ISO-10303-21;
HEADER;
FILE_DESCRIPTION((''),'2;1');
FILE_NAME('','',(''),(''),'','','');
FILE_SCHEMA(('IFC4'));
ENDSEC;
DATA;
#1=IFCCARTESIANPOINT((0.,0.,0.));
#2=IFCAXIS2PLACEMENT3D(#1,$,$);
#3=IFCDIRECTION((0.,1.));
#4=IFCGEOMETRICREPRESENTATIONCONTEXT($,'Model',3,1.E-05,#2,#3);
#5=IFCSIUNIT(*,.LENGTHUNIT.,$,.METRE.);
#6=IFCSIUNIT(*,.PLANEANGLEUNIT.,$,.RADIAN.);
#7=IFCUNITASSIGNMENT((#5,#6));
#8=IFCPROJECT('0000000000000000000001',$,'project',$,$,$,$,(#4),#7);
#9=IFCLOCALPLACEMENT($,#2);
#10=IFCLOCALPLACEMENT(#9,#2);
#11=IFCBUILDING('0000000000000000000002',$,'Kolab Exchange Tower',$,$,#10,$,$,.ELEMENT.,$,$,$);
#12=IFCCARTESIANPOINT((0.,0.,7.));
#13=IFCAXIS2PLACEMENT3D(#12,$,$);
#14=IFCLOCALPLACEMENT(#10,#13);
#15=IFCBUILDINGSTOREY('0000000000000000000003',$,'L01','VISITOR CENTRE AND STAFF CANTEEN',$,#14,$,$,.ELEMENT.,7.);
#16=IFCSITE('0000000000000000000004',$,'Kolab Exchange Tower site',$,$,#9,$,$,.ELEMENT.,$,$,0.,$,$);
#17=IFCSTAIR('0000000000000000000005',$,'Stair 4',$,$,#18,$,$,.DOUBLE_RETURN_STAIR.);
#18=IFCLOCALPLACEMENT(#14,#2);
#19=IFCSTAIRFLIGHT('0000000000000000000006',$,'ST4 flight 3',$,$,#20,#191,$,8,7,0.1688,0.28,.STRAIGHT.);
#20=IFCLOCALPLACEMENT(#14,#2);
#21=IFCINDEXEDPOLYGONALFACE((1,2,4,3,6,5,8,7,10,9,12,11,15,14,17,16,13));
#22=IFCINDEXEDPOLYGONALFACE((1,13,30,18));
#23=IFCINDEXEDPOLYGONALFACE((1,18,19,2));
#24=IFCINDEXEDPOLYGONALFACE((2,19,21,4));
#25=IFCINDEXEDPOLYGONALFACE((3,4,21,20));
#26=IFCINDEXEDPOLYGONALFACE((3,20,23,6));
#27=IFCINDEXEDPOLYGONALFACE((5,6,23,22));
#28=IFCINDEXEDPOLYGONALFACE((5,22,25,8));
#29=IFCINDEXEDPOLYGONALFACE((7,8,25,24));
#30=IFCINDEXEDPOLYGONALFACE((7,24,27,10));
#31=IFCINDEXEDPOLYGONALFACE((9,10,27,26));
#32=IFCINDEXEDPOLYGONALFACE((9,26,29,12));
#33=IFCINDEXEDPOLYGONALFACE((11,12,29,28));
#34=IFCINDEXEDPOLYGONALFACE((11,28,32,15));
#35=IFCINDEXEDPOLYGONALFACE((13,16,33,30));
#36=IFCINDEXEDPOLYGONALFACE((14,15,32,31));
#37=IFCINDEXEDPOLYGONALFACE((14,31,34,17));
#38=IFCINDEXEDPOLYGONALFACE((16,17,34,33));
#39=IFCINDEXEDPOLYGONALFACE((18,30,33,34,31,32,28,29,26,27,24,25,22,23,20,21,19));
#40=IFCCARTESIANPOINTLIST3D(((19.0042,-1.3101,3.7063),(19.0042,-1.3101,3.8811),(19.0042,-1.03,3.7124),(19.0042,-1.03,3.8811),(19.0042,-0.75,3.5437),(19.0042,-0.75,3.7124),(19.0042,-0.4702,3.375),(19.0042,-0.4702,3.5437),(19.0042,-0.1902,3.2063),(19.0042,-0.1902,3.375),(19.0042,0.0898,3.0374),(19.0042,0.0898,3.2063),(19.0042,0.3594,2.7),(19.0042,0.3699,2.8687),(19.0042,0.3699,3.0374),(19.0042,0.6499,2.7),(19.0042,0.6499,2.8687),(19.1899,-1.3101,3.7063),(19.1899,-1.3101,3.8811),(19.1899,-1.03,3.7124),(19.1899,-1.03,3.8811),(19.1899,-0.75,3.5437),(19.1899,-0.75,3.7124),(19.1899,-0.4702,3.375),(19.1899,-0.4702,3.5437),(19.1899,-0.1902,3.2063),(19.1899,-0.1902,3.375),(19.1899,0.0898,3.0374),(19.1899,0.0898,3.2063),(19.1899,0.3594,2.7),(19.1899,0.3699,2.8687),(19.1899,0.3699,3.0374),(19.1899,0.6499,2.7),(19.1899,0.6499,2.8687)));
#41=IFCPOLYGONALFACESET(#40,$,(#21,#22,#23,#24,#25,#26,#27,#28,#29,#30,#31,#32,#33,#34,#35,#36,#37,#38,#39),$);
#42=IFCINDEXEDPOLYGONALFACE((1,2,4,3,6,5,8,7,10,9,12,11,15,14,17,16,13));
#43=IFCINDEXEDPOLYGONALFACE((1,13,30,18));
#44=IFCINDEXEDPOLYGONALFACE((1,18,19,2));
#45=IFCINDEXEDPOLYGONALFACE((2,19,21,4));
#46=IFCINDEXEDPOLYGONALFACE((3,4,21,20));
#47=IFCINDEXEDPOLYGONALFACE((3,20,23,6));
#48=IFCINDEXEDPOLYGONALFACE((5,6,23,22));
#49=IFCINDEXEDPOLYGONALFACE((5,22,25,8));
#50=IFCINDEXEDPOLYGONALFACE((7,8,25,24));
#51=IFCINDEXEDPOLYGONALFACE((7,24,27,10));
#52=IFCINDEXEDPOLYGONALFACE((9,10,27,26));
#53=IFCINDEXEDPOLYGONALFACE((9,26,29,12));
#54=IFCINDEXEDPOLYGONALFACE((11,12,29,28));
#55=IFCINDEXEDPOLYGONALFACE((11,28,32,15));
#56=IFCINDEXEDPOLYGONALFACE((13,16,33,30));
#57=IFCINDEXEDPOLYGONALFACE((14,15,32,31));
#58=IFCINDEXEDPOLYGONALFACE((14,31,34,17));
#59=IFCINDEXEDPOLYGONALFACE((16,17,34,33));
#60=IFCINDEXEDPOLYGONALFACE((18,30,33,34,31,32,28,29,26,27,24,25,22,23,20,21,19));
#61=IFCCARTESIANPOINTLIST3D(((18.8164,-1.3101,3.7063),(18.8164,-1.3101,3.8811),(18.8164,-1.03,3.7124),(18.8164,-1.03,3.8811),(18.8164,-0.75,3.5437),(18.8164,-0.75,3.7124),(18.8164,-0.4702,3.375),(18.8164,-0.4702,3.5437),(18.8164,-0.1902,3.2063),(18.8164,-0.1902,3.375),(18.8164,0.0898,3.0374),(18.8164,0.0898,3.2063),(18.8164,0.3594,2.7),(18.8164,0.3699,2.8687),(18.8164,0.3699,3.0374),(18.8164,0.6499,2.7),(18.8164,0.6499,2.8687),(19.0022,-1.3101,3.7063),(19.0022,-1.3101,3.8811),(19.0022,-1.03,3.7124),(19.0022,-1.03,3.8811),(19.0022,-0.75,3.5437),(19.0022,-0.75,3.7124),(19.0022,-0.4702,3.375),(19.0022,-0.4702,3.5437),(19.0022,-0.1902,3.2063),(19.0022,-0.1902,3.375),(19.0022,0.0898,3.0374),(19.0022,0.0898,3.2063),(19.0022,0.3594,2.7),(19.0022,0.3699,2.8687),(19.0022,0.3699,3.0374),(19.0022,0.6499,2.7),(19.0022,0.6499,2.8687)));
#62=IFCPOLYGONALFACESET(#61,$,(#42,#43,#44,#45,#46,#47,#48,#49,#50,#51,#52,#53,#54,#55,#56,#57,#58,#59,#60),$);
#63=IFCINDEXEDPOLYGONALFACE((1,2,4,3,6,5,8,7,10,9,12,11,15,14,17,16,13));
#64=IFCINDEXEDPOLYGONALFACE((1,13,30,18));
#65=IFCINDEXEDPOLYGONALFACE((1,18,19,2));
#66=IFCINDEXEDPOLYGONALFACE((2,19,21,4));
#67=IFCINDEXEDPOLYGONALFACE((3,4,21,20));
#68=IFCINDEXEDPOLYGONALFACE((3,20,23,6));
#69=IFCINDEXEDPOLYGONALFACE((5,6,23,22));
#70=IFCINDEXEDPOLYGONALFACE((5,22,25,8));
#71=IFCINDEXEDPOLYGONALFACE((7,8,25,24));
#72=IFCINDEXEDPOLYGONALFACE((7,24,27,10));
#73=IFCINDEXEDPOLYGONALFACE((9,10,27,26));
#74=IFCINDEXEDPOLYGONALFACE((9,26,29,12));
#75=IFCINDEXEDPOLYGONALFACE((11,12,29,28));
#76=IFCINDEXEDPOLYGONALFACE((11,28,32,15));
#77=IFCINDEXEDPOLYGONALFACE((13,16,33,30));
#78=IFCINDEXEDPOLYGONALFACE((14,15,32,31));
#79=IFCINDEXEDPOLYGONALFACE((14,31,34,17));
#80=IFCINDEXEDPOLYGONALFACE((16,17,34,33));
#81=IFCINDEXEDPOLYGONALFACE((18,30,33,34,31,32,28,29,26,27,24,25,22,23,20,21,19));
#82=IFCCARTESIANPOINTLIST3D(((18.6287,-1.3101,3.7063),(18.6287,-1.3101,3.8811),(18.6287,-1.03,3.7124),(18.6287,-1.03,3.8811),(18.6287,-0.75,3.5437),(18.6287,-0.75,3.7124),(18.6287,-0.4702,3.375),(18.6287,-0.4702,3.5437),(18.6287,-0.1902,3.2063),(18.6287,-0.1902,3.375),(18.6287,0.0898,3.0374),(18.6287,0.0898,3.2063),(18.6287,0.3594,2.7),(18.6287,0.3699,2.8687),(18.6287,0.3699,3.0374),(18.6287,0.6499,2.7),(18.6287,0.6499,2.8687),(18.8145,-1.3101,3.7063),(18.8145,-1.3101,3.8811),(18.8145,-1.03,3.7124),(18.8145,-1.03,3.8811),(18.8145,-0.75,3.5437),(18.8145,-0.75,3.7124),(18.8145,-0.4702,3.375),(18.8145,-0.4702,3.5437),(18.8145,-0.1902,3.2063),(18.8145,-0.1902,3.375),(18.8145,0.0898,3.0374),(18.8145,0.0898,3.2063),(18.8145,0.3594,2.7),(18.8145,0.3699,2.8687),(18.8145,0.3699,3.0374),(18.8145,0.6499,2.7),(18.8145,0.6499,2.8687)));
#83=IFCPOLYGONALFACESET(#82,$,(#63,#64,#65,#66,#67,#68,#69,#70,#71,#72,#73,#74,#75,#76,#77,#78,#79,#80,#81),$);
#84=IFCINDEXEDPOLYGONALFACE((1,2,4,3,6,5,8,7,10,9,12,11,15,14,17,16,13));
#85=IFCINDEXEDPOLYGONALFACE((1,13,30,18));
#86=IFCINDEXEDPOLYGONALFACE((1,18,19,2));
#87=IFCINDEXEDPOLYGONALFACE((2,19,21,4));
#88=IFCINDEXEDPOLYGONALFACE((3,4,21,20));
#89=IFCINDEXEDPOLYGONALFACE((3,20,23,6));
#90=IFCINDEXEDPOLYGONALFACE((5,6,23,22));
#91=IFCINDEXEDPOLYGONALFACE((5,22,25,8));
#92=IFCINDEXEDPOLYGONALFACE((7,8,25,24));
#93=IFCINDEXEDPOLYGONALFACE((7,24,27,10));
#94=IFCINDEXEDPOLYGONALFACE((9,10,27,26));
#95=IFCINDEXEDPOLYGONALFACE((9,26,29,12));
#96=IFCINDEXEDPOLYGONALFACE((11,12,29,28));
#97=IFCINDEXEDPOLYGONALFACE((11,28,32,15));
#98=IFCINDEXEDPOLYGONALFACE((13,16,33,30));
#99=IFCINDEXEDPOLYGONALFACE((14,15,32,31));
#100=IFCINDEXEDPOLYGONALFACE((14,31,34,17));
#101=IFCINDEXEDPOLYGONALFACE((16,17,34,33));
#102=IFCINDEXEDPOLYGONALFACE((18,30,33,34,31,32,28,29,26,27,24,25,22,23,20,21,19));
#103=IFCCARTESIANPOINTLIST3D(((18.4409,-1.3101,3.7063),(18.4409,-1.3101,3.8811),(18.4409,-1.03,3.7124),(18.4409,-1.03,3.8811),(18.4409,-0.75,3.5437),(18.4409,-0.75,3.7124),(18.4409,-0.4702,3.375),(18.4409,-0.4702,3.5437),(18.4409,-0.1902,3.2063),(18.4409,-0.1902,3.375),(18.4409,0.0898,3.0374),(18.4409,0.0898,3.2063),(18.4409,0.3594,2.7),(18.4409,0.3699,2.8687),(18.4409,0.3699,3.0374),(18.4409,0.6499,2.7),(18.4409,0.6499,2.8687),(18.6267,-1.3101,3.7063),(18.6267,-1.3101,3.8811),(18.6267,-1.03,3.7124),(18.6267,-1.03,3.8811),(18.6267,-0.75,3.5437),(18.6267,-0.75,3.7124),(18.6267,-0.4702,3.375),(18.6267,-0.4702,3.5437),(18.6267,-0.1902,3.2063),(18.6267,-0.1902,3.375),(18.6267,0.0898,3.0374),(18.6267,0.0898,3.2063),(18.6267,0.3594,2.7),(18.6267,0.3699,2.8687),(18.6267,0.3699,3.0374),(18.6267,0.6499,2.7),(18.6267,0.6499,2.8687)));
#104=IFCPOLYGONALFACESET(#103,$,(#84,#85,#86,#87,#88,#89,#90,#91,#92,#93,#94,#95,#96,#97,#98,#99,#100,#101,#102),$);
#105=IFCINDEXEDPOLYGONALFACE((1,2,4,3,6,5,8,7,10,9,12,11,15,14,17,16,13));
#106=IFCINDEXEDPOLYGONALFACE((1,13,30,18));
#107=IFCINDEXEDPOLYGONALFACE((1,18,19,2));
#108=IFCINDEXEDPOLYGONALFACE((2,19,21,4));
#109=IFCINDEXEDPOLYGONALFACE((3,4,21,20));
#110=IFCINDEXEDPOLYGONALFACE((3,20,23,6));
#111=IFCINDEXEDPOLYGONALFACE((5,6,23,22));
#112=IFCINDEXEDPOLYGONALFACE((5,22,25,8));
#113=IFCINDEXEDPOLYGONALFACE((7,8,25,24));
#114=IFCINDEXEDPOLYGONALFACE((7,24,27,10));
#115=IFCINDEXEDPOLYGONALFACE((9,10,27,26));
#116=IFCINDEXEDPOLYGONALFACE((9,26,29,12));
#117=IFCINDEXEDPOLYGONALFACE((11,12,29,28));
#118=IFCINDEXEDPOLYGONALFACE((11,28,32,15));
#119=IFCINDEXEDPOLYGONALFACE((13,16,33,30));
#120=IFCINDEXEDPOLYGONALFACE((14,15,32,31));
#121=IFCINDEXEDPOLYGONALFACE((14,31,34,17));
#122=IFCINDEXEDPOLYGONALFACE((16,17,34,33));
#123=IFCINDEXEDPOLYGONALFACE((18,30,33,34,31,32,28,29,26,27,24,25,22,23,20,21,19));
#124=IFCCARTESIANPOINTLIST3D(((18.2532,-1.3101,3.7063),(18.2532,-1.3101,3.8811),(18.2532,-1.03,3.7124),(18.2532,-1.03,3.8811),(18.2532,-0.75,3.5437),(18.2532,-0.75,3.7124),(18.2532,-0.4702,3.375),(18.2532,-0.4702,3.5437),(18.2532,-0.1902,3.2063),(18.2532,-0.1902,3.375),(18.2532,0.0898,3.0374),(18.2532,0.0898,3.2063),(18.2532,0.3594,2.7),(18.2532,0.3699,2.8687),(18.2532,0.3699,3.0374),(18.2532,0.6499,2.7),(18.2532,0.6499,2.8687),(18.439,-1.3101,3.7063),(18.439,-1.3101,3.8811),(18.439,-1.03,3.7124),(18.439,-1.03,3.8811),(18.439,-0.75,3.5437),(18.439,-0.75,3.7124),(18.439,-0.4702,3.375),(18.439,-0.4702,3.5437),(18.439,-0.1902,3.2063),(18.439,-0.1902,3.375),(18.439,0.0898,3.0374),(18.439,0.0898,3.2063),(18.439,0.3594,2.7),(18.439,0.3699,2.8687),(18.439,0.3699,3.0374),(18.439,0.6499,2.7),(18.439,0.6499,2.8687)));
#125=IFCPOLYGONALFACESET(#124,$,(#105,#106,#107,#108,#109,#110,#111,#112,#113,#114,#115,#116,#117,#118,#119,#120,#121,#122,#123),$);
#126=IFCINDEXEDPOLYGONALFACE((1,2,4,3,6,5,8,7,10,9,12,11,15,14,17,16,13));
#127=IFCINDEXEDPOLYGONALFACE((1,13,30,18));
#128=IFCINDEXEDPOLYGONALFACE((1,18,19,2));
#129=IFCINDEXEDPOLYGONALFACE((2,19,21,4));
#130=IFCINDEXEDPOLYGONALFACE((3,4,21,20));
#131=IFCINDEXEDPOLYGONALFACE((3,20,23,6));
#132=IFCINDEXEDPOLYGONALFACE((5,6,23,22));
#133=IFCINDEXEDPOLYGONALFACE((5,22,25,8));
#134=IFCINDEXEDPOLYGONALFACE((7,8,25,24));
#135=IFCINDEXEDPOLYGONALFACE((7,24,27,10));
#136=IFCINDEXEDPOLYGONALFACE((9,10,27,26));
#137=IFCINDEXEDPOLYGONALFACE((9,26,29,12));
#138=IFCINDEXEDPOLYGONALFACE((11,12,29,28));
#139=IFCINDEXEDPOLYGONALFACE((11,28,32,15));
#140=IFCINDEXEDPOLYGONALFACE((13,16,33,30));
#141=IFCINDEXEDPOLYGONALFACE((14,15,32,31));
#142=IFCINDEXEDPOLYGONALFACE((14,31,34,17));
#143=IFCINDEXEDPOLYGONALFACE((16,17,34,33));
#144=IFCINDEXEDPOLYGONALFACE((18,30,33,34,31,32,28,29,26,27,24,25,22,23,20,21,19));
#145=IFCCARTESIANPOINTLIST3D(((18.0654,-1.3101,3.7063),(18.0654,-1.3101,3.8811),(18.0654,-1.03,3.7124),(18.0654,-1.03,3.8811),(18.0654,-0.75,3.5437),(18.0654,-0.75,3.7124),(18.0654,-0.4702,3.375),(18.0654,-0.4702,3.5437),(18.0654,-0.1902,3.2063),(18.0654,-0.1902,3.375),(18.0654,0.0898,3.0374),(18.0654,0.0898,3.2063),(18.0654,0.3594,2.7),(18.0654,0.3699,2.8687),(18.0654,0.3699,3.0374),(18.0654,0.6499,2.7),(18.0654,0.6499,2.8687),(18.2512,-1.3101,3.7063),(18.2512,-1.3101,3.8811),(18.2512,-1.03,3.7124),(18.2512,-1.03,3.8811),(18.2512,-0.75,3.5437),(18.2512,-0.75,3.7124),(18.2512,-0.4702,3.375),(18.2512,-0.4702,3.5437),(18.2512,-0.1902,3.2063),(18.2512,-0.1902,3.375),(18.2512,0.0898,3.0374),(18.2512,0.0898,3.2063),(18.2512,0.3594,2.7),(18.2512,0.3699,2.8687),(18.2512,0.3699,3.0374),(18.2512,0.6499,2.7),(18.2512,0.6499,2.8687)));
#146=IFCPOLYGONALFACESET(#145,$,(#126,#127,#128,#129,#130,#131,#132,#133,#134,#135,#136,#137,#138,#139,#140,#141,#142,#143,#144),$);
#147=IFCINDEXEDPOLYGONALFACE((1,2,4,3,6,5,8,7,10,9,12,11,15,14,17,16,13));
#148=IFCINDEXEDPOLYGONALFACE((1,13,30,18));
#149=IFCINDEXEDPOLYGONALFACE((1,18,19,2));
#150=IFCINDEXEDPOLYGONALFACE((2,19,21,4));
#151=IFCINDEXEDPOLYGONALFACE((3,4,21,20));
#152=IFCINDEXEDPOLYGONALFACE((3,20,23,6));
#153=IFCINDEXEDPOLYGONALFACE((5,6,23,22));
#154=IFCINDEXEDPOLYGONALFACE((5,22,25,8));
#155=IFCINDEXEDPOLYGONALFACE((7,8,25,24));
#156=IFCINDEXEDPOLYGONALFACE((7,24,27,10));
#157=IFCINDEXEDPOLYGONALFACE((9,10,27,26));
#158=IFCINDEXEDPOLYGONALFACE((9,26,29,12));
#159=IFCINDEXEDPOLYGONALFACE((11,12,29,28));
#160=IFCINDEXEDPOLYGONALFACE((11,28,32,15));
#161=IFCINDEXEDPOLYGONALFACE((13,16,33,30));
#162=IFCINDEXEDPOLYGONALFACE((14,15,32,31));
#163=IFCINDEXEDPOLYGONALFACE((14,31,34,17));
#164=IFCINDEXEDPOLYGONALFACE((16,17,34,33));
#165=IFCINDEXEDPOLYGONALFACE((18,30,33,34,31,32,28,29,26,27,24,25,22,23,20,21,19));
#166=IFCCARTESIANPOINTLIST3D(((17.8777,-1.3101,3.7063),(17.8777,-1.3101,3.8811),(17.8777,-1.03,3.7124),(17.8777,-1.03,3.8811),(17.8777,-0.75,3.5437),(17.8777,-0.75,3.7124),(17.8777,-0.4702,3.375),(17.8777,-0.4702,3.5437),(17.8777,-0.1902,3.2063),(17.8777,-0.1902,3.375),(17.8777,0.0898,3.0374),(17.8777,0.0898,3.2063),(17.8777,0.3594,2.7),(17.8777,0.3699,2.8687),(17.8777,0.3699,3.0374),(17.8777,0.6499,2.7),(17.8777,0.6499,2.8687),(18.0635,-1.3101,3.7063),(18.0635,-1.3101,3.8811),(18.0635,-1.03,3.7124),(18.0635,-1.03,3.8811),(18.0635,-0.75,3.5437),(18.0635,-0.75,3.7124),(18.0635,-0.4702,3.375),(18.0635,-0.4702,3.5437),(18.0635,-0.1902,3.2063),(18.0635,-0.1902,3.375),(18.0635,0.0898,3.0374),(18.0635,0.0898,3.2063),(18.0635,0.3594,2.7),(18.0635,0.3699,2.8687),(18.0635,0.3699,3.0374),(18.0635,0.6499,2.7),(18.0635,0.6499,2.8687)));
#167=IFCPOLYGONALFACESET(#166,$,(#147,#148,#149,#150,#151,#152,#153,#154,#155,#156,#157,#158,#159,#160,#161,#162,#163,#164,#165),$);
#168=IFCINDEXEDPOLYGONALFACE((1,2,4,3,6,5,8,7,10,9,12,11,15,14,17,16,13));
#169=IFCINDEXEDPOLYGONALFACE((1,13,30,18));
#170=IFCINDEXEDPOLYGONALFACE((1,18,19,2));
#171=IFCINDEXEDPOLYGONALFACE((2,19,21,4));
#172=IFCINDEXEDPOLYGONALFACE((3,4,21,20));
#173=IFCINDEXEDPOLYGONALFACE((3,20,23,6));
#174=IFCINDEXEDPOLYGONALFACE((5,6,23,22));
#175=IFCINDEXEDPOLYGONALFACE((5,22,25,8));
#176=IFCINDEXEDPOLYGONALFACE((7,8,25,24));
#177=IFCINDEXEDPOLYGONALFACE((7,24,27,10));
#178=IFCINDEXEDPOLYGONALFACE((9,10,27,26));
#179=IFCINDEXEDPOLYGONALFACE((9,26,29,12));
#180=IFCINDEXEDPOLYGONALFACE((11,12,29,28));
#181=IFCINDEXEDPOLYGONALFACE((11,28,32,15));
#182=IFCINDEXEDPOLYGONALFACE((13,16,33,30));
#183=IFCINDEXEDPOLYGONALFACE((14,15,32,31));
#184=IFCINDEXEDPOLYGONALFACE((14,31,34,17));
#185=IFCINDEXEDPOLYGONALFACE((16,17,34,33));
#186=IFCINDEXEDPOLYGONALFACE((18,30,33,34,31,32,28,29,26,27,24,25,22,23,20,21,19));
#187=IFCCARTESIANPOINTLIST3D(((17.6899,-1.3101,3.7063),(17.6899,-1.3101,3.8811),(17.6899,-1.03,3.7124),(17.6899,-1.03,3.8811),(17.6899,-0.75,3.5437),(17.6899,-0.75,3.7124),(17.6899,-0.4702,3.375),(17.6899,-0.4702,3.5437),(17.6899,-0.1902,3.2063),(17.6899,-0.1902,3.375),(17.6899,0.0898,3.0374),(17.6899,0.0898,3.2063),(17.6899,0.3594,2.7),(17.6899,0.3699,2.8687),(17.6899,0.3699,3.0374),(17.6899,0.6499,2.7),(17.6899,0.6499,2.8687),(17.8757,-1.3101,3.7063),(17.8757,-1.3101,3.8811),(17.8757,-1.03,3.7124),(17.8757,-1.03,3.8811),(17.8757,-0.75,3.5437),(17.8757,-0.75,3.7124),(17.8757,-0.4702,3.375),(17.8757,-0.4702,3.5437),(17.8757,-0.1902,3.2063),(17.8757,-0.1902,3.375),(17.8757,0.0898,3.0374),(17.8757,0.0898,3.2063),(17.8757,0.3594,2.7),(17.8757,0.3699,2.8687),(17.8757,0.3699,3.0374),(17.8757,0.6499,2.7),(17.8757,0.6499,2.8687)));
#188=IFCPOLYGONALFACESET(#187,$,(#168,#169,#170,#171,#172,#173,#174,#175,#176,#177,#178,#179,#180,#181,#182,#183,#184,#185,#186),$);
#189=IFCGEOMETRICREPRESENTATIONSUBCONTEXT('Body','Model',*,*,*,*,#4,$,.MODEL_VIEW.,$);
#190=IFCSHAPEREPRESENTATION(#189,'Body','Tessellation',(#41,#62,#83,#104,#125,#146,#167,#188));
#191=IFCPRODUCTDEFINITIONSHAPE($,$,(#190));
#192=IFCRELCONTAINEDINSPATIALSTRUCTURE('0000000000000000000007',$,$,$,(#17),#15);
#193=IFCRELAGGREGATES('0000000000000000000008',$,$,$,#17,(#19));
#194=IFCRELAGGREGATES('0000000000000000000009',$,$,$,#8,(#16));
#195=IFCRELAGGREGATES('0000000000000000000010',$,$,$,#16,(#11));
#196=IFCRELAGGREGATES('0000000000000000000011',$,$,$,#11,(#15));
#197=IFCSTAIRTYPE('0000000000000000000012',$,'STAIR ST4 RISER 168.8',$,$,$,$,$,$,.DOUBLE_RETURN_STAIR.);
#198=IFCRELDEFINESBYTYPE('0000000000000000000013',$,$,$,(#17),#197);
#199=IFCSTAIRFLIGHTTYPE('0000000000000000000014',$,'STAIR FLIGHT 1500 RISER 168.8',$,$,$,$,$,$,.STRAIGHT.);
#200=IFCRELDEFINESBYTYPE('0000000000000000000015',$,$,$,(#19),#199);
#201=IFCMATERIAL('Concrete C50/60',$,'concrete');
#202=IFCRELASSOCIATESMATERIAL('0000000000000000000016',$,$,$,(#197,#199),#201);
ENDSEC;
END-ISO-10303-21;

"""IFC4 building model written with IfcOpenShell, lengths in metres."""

from ifc_helpers import new_model, si_unit, direction, frame, origin, place, context, subcontext, project, spatial, polyline, outline, extrude, material, type_object, element, aggregate, save


model = new_model("IFC4")

# Units and contexts
model_context = context("Model", 3, precision=1e-05, world=origin(), true_north=direction((0.0, 1.0)))
body_context = subcontext(model_context, "Body", "Model", "MODEL_VIEW")
ifc_project = project(units=[si_unit("LENGTHUNIT", "METRE"), si_unit("PLANEANGLEUNIT", "RADIAN")], contexts=[model_context])

# Site, building, storey
site_placement = place(None, origin())
site = spatial("IfcSite", under=ifc_project, at=site_placement, Name="Kolab Exchange Tower site", CompositionType="ELEMENT", RefElevation=0.0)
building_placement = place(site_placement, origin())
building = spatial("IfcBuilding", under=site, at=building_placement, Name="Kolab Exchange Tower", CompositionType="ELEMENT")
storey_placement = place(building_placement, frame((0.0, 0.0, 7.0)))
storey = spatial("IfcBuildingStorey", under=building, at=storey_placement, Name="L01", Description="VISITOR CENTRE AND STAFF CANTEEN", CompositionType="ELEMENT", Elevation=7.0)

# Shared definitions
ifc_material_1 = material(Name="Concrete C50/60", Category="concrete")

# Stair, stair flight
stair_type = type_object("IfcStairType", Name="STAIR ST4 RISER 168.8", PredefinedType="DOUBLE_RETURN_STAIR", material=ifc_material_1)
stair_placement = place(storey_placement, origin())
stair = element("IfcStair", 1, at=stair_placement, inside=storey, type_object=stair_type, Name="Stair 4", PredefinedType="DOUBLE_RETURN_STAIR")
stair_flight_type = type_object("IfcStairFlightType", Name="STAIR FLIGHT 1500 RISER 168.8", PredefinedType="STRAIGHT", material=ifc_material_1)
stair_flight_1_placement = place(storey_placement, frame((18.4399, 0.6499, 2.7), z_axis=(0.0, 0.0, 1.0), x_axis=(0.0, -1.0, 0.0)))
stair_flight_1 = element("IfcStairFlight", 2, at=stair_flight_1_placement, type_object=stair_flight_type, Name="ST4 flight 3", NumberOfRisers=8, NumberOfTreads=7, PredefinedType="STRAIGHT", RiserHeight=0.1688, TreadLength=0.28, context=body_context, shape_type="SweptSolid", body=[
    extrude(outline(polyline([(0.0, 0.0), (0.0, 0.1687), (0.28, 0.1687), (0.28, 0.3374), (0.5601, 0.3374), (0.5601, 0.5063), (0.8401, 0.5063), (0.8401, 0.675), (1.1201, 0.675), (1.1201, 0.8438), (1.3999, 0.8438), (1.3999, 1.0125), (1.6799, 1.0125), (1.6799, 1.1812), (1.96, 1.1812), (1.96, 1.3501), (1.96, 1.0063), (0.2905, 0.0), (0.0, 0.0)])), frame((0.0, 0.75, 0.0), z_axis=(0.0, -1.0, 0.0), x_axis=(1.0, 0.0, 0.0)), (0.0, 0.0, 1.0), 0.1858),
    extrude(outline(polyline([(0.0, 0.0), (0.0, 0.1687), (0.28, 0.1687), (0.28, 0.3374), (0.5601, 0.3374), (0.5601, 0.5063), (0.8401, 0.5063), (0.8401, 0.675), (1.1201, 0.675), (1.1201, 0.8438), (1.3999, 0.8438), (1.3999, 1.0125), (1.6799, 1.0125), (1.6799, 1.1812), (1.96, 1.1812), (1.96, 1.3501), (1.96, 1.0063), (0.2905, 0.0), (0.0, 0.0)])), frame((0.0, 0.5623, 0.0), z_axis=(0.0, -1.0, 0.0), x_axis=(1.0, 0.0, 0.0)), (0.0, 0.0, 1.0), 0.1858),
    extrude(outline(polyline([(0.0, 0.0), (0.0, 0.1687), (0.28, 0.1687), (0.28, 0.3374), (0.5601, 0.3374), (0.5601, 0.5063), (0.8401, 0.5063), (0.8401, 0.675), (1.1201, 0.675), (1.1201, 0.8438), (1.3999, 0.8438), (1.3999, 1.0125), (1.6799, 1.0125), (1.6799, 1.1812), (1.96, 1.1812), (1.96, 1.3501), (1.96, 1.0063), (0.2905, 0.0), (0.0, 0.0)])), frame((0.0, 0.3745, 0.0), z_axis=(0.0, -1.0, 0.0), x_axis=(1.0, 0.0, 0.0)), (0.0, 0.0, 1.0), 0.1858),
    extrude(outline(polyline([(0.0, 0.0), (0.0, 0.1687), (0.28, 0.1687), (0.28, 0.3374), (0.5601, 0.3374), (0.5601, 0.5063), (0.8401, 0.5063), (0.8401, 0.675), (1.1201, 0.675), (1.1201, 0.8438), (1.3999, 0.8438), (1.3999, 1.0125), (1.6799, 1.0125), (1.6799, 1.1812), (1.96, 1.1812), (1.96, 1.3501), (1.96, 1.0063), (0.2905, 0.0), (0.0, 0.0)])), frame((0.0, 0.1868, 0.0), z_axis=(0.0, -1.0, 0.0), x_axis=(1.0, 0.0, 0.0)), (0.0, 0.0, 1.0), 0.1858),
    extrude(outline(polyline([(0.0, 0.0), (0.0, 0.1687), (0.28, 0.1687), (0.28, 0.3374), (0.5601, 0.3374), (0.5601, 0.5063), (0.8401, 0.5063), (0.8401, 0.675), (1.1201, 0.675), (1.1201, 0.8438), (1.3999, 0.8438), (1.3999, 1.0125), (1.6799, 1.0125), (1.6799, 1.1812), (1.96, 1.1812), (1.96, 1.3501), (1.96, 1.0063), (0.2905, 0.0), (0.0, 0.0)])), frame((0.0, -0.001, 0.0), z_axis=(0.0, -1.0, 0.0), x_axis=(1.0, 0.0, 0.0)), (0.0, 0.0, 1.0), 0.1858),
    extrude(outline(polyline([(0.0, 0.0), (0.0, 0.1687), (0.28, 0.1687), (0.28, 0.3374), (0.5601, 0.3374), (0.5601, 0.5063), (0.8401, 0.5063), (0.8401, 0.675), (1.1201, 0.675), (1.1201, 0.8438), (1.3999, 0.8438), (1.3999, 1.0125), (1.6799, 1.0125), (1.6799, 1.1812), (1.96, 1.1812), (1.96, 1.3501), (1.96, 1.0063), (0.2905, 0.0), (0.0, 0.0)])), frame((0.0, -0.1887, 0.0), z_axis=(0.0, -1.0, 0.0), x_axis=(1.0, 0.0, 0.0)), (0.0, 0.0, 1.0), 0.1858),
    extrude(outline(polyline([(0.0, 0.0), (0.0, 0.1687), (0.28, 0.1687), (0.28, 0.3374), (0.5601, 0.3374), (0.5601, 0.5063), (0.8401, 0.5063), (0.8401, 0.675), (1.1201, 0.675), (1.1201, 0.8438), (1.3999, 0.8438), (1.3999, 1.0125), (1.6799, 1.0125), (1.6799, 1.1812), (1.96, 1.1812), (1.96, 1.3501), (1.96, 1.0063), (0.2905, 0.0), (0.0, 0.0)])), frame((0.0, -0.3765, 0.0), z_axis=(0.0, -1.0, 0.0), x_axis=(1.0, 0.0, 0.0)), (0.0, 0.0, 1.0), 0.1858),
    extrude(outline(polyline([(0.0, 0.0), (0.0, 0.1687), (0.28, 0.1687), (0.28, 0.3374), (0.5601, 0.3374), (0.5601, 0.5063), (0.8401, 0.5063), (0.8401, 0.675), (1.1201, 0.675), (1.1201, 0.8438), (1.3999, 0.8438), (1.3999, 1.0125), (1.6799, 1.0125), (1.6799, 1.1812), (1.96, 1.1812), (1.96, 1.3501), (1.96, 1.0063), (0.2905, 0.0), (0.0, 0.0)])), frame((0.0, -0.5642, 0.0), z_axis=(0.0, -1.0, 0.0), x_axis=(1.0, 0.0, 0.0)), (0.0, 0.0, 1.0), 0.1858),
])
aggregate(stair, [stair_flight_1])

save(model, "model.ifc")
